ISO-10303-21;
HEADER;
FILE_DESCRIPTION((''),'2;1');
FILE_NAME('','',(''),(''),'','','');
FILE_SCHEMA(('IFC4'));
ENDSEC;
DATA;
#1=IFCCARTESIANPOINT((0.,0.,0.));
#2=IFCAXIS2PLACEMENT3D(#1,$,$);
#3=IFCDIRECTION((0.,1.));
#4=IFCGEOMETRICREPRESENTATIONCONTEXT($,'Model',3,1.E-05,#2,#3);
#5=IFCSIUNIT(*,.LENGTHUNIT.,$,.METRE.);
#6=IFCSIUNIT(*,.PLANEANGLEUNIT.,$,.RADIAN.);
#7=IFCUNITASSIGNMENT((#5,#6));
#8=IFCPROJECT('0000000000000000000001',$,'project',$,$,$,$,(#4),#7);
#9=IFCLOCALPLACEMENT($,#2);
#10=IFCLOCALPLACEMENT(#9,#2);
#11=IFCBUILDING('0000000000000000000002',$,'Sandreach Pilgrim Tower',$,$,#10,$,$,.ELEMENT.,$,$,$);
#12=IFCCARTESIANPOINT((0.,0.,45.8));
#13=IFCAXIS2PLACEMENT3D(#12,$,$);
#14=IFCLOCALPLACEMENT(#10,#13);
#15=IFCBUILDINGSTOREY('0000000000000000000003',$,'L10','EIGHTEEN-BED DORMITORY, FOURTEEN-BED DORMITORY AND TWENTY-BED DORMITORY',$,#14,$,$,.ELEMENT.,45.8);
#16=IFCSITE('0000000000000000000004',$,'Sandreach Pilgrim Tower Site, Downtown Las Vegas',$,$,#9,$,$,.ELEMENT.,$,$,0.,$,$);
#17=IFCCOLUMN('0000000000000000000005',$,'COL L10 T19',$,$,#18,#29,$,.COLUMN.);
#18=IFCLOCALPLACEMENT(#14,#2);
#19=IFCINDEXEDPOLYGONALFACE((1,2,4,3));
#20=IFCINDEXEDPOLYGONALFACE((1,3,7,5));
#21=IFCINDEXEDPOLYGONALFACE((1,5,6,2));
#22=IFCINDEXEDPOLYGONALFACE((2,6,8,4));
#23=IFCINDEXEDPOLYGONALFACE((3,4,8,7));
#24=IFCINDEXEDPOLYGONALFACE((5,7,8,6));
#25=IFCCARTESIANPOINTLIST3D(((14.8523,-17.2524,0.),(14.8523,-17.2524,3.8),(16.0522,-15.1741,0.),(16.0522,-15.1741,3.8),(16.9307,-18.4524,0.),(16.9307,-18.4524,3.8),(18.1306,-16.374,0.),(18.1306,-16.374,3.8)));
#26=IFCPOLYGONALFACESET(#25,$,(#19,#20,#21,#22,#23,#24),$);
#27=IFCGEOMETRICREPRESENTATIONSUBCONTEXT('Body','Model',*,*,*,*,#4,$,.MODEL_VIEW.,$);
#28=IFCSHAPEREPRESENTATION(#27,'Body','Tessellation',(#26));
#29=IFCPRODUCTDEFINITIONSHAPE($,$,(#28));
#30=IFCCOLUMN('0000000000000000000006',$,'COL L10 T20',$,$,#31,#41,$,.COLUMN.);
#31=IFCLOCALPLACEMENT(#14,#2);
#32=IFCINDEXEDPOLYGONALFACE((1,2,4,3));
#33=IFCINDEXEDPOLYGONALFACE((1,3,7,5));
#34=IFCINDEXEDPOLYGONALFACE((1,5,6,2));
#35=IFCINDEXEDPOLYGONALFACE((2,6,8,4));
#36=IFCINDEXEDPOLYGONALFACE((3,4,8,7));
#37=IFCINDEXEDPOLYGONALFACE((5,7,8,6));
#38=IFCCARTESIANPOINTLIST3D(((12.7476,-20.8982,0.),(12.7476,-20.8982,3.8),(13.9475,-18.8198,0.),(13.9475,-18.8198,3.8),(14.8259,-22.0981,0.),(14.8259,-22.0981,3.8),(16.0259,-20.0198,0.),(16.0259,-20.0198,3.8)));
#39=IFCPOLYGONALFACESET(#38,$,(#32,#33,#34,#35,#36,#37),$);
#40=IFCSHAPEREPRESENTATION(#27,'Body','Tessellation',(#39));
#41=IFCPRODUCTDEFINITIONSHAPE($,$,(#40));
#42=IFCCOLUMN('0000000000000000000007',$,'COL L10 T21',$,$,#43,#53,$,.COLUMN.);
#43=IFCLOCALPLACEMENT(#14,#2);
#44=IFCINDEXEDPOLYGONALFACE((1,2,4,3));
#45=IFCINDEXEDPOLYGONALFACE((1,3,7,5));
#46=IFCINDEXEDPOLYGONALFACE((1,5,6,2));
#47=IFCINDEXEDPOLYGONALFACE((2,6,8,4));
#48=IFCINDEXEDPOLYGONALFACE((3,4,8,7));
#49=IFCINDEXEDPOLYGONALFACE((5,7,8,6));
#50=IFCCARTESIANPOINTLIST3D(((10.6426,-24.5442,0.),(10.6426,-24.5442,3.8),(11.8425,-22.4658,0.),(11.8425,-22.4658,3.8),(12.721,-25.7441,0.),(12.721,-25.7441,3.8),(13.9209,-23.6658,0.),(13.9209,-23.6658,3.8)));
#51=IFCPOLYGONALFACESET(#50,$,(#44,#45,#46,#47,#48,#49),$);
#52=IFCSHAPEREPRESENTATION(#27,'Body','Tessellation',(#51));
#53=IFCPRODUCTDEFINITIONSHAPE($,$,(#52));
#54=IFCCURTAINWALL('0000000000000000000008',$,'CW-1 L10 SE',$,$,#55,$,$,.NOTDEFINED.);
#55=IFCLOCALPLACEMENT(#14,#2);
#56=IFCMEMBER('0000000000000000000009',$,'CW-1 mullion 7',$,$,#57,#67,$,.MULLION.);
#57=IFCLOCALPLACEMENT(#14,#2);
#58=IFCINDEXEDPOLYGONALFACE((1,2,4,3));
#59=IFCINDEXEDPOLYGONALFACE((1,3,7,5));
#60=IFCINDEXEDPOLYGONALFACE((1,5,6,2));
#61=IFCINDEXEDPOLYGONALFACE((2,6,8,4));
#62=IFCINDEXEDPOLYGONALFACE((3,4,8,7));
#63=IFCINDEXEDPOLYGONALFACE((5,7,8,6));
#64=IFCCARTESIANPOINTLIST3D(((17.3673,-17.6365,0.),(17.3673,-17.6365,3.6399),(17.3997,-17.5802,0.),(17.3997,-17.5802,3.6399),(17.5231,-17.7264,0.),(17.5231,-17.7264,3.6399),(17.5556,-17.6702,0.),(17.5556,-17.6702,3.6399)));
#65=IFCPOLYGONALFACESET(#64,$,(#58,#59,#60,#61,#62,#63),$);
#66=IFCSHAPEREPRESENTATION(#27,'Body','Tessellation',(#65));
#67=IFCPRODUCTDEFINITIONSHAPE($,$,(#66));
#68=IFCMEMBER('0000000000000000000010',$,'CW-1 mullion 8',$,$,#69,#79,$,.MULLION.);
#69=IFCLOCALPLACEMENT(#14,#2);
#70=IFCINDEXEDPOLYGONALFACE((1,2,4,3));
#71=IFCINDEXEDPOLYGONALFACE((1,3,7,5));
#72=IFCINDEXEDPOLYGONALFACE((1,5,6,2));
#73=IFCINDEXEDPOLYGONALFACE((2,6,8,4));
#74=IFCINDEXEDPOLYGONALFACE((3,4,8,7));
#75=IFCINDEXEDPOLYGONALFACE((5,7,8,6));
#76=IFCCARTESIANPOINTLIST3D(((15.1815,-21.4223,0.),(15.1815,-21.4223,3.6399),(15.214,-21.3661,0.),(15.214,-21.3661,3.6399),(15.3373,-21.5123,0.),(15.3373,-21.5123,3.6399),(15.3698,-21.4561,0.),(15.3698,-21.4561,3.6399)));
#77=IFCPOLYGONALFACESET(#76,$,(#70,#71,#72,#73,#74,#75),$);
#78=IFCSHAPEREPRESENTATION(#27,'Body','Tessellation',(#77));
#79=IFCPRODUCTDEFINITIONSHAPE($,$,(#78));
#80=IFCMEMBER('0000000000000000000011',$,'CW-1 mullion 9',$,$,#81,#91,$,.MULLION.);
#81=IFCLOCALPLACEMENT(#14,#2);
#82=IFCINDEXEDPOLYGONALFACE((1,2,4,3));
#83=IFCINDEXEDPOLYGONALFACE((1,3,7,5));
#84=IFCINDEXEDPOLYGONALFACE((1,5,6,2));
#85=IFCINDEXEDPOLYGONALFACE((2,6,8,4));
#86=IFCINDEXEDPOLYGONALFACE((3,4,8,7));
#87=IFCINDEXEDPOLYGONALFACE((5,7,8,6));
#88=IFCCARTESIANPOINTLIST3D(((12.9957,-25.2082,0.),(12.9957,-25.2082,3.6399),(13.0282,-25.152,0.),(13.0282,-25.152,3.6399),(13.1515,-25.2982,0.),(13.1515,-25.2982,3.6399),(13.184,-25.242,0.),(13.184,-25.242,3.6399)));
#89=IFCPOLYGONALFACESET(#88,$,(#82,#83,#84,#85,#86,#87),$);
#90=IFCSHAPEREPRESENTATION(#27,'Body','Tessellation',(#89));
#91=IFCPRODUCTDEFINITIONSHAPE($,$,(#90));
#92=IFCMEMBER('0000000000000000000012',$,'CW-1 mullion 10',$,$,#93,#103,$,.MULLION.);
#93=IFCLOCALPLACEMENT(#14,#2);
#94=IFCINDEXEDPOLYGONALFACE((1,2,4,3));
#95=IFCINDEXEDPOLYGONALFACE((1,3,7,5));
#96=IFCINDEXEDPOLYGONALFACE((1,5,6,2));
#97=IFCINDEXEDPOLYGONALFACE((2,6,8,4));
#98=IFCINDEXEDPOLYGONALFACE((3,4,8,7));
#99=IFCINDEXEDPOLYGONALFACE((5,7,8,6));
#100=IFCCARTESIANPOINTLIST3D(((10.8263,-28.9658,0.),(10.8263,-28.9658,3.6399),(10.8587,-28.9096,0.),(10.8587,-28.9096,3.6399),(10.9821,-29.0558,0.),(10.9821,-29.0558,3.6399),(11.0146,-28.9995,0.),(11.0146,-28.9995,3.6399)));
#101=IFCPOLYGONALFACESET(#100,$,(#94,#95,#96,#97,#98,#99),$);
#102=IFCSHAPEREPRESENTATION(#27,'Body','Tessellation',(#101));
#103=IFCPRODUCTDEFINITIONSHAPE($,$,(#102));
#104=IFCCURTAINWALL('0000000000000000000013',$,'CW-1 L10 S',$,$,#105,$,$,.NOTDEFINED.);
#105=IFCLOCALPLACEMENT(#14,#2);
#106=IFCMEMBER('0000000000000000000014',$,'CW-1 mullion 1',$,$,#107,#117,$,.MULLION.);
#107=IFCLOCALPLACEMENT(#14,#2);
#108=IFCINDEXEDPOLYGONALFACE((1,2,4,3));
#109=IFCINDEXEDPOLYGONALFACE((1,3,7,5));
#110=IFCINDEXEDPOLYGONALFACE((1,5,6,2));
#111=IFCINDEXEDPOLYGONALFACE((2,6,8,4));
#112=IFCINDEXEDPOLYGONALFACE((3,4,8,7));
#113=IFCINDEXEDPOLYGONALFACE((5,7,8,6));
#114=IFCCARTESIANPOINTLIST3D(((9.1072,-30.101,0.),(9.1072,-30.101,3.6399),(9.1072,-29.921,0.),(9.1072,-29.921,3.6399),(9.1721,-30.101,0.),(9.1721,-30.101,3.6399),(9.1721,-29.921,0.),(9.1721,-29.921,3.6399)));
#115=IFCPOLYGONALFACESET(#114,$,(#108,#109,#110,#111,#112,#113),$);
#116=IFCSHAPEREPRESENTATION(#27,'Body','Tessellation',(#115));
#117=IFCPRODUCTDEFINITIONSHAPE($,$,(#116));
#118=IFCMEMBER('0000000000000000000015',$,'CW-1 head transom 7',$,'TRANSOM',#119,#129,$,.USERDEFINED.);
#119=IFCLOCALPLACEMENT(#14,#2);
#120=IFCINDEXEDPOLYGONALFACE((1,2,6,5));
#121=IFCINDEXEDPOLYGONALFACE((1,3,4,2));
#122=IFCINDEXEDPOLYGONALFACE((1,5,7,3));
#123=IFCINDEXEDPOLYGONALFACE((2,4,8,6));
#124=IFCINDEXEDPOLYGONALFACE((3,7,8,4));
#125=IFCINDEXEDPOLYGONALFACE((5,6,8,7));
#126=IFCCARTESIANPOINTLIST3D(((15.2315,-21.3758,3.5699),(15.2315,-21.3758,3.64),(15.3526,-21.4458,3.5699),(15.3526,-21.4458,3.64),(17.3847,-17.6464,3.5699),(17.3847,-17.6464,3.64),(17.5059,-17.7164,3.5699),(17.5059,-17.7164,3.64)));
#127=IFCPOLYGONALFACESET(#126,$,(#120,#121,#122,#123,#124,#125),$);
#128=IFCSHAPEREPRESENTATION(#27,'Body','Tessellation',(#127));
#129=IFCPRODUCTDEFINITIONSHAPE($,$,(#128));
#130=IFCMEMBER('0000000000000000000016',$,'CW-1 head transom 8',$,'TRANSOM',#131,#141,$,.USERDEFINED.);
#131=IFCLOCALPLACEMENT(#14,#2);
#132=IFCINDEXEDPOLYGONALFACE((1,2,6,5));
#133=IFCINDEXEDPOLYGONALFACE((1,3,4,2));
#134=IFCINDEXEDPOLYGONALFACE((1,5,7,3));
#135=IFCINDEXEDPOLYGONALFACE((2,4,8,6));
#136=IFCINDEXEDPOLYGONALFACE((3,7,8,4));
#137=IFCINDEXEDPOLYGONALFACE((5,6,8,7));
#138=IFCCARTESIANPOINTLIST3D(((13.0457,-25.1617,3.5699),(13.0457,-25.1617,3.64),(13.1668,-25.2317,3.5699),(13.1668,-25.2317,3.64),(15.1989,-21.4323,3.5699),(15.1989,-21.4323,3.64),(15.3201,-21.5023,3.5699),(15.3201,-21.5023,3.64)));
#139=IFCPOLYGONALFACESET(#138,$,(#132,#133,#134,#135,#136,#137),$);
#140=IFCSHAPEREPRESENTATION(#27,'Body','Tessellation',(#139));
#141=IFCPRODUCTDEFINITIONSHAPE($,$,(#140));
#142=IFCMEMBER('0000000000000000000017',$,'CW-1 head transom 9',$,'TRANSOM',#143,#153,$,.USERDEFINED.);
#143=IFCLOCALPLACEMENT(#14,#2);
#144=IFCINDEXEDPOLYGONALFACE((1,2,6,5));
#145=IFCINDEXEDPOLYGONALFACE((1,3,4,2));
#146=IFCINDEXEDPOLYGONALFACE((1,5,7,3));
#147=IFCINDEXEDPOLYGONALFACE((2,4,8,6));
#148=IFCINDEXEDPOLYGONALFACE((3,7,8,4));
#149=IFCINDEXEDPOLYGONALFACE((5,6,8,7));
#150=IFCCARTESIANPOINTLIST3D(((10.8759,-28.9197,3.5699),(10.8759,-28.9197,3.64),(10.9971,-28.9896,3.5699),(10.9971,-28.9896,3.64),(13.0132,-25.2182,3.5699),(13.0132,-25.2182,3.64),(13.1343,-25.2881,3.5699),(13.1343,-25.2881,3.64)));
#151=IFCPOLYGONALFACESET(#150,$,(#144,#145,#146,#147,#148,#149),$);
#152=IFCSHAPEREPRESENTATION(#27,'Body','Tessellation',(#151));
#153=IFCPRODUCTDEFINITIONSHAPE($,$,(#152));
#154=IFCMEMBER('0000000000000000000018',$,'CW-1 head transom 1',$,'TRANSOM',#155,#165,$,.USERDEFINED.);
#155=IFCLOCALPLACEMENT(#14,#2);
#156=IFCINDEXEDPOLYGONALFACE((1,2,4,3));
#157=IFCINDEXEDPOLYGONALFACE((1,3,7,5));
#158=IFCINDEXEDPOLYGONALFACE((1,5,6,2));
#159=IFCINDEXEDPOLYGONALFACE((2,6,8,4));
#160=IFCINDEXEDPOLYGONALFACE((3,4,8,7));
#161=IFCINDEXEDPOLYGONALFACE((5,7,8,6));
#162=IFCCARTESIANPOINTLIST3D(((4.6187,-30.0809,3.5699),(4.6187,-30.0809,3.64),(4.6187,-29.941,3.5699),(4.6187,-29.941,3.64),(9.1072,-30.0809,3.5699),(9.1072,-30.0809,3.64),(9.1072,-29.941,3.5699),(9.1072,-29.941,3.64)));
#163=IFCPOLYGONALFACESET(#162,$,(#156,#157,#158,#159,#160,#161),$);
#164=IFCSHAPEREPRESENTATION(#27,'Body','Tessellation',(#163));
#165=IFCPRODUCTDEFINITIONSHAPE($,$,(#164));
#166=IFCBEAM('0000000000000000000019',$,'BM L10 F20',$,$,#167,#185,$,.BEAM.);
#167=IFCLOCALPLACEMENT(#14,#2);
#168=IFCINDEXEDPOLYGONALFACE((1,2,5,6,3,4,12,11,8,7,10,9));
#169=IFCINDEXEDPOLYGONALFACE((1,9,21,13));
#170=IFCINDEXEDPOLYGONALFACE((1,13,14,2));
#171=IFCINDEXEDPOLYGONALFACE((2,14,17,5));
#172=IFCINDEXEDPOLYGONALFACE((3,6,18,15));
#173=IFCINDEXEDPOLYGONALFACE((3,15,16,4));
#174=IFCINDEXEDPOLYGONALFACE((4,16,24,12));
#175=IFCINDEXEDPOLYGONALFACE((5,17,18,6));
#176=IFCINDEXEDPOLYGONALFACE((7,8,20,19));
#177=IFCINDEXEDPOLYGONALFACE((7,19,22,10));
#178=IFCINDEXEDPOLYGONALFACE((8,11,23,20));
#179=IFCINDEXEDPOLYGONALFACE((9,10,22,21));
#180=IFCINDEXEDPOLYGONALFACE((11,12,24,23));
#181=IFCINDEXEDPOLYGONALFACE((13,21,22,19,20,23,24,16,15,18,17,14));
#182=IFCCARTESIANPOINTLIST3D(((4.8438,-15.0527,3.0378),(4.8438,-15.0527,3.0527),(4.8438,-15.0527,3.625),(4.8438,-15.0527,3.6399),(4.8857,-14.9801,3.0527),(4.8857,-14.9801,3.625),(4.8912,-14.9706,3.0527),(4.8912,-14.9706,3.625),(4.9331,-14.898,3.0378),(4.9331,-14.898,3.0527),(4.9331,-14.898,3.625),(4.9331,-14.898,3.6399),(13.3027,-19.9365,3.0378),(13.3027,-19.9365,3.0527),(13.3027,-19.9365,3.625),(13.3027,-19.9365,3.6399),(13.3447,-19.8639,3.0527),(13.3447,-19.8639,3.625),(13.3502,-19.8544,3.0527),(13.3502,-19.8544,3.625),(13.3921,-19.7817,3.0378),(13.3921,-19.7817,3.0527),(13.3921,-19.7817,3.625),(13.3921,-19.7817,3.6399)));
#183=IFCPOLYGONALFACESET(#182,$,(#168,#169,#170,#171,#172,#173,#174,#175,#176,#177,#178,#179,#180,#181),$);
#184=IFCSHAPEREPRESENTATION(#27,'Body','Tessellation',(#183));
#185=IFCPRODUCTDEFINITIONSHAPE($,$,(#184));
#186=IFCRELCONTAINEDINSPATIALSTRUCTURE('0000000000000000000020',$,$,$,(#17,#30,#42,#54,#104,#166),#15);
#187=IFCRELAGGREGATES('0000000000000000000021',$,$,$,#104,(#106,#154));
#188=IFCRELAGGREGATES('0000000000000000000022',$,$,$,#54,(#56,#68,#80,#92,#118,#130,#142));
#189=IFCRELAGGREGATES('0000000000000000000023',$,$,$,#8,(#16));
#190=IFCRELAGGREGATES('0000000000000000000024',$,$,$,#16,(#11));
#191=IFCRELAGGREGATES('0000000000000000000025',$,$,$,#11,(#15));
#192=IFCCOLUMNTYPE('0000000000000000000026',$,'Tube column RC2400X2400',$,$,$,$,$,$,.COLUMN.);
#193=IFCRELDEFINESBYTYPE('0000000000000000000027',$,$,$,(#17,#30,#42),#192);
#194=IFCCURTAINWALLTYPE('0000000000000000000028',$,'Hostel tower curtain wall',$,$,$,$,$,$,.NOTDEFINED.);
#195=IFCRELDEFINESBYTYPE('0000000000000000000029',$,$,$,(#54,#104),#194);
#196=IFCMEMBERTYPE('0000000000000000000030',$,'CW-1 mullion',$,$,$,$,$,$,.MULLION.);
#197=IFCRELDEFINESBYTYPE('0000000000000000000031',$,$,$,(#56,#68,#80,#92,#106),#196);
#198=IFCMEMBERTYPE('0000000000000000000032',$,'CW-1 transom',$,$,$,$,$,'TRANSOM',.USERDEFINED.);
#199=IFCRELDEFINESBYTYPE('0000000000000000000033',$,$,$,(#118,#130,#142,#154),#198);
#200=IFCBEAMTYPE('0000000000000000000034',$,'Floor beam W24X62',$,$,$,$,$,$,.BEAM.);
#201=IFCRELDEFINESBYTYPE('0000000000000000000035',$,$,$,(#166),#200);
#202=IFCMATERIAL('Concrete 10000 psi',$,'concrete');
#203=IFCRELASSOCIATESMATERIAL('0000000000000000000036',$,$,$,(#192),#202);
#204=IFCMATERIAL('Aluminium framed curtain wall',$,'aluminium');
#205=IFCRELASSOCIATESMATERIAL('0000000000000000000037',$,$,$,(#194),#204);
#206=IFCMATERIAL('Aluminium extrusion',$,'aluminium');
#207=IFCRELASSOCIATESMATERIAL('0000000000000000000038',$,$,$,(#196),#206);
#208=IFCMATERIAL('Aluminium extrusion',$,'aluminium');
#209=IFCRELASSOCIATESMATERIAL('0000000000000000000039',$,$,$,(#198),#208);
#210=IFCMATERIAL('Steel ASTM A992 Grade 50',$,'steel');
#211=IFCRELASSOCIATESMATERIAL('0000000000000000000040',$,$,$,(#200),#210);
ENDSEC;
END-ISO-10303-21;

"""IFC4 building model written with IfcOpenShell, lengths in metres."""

from ifc_helpers import new_model, si_unit, direction, frame, origin, origin_2d, place, context, subcontext, project, spatial, rectangle, i_section, extrude, material, material_profile, profile_set, type_object, element, aggregate, save


model = new_model("IFC4")

# Units and contexts
model_context = context("Model", 3, precision=1e-05, world=origin(), true_north=direction((0.0, 1.0)))
body_context = subcontext(model_context, "Body", "Model", "MODEL_VIEW")
ifc_project = project(units=[si_unit("LENGTHUNIT", "METRE"), si_unit("PLANEANGLEUNIT", "RADIAN")], contexts=[model_context])

# Site, building, storey
site_placement = place(None, origin())
site = spatial("IfcSite", under=ifc_project, at=site_placement, Name="Sandreach Pilgrim Tower Site, Downtown Las Vegas", CompositionType="ELEMENT", RefElevation=0.0)
building_placement = place(site_placement, origin())
building = spatial("IfcBuilding", under=site, at=building_placement, Name="Sandreach Pilgrim Tower", CompositionType="ELEMENT")
storey_placement = place(building_placement, frame((0.0, 0.0, 45.8)))
storey = spatial("IfcBuildingStorey", under=building, at=storey_placement, Name="L10", Description="EIGHTEEN-BED DORMITORY, FOURTEEN-BED DORMITORY AND TWENTY-BED DORMITORY", CompositionType="ELEMENT", Elevation=45.8)

# Columns
ifc_material_1 = material(Name="Concrete 10000 psi", Category="concrete")
ifc_material_profile_1 = material_profile(ifc_material_1, rectangle(XDim=2.3999, YDim=2.3999, at=origin_2d()), Name="RC2400X2400")
ifc_profile_set_1 = profile_set([ifc_material_profile_1], Name="Concrete 10000 psi")
column_type = type_object("IfcColumnType", Name="Tube column RC2400X2400", PredefinedType="COLUMN", material=ifc_profile_set_1)
for number, where, z_axis, x_axis, name in (
    (1, (16.4915, -16.8132, 0.0), (0.0, 0.0, 1.0), (0.866025, -0.5, 0.0), "COL L10 T19"),
    (2, (14.3867, -20.459, 0.0), (0.0, 0.0, 1.0), (0.866025, -0.5, 0.0), "COL L10 T20"),
    (3, (12.2817, -24.105, 0.0), (0.0, 0.0, 1.0), (0.866025, -0.5, 0.0), "COL L10 T21"),
):
    element("IfcColumn", number, at=place(storey_placement, frame(where, z_axis=z_axis, x_axis=x_axis)), inside=storey, type_object=column_type, Name=name, PredefinedType="COLUMN", context=body_context, shape_type="SweptSolid", body=[
        extrude(rectangle(XDim=2.3999, YDim=2.3999, at=origin_2d()), origin(), (0.0, 0.0, 1.0), 3.8),
    ])

# Curtain wall, members
ifc_material_2 = material(Name="Aluminium framed curtain wall", Category="aluminium")
curtain_wall_type = type_object("IfcCurtainWallType", Name="Hostel tower curtain wall", PredefinedType="NOTDEFINED", material=ifc_material_2)
curtain_wall_1_placement = place(storey_placement, origin())
curtain_wall_1 = element("IfcCurtainWall", 4, at=curtain_wall_1_placement, inside=storey, type_object=curtain_wall_type, Name="CW-1 L10 SE", PredefinedType="NOTDEFINED")
ifc_material_3 = material(Name="Aluminium extrusion", Category="aluminium")
ifc_material_profile_2 = material_profile(ifc_material_3, rectangle(XDim=0.0649, YDim=0.1799, at=origin_2d()), Name="CW-1M 65X180")
ifc_profile_set_2 = profile_set([ifc_material_profile_2], Name="Aluminium extrusion")
member_type_1 = type_object("IfcMemberType", Name="CW-1 mullion", PredefinedType="MULLION", material=ifc_profile_set_2)
member_1_placement = place(storey_placement, frame((17.4614, -17.6533, 0.0), z_axis=(0.0, 0.0, 1.0), x_axis=(-0.5, -0.866025, 0.0)))
member_1 = element("IfcMember", 5, at=member_1_placement, type_object=member_type_1, Name="CW-1 mullion 7", PredefinedType="MULLION", context=body_context, shape_type="SweptSolid", body=[
    extrude(rectangle(XDim=0.0649, YDim=0.1799, at=origin_2d()), origin(), (0.0, 0.0, 1.0), 3.6399),
])
member_2_placement = place(storey_placement, frame((15.2756, -21.4392, 0.0), z_axis=(0.0, 0.0, 1.0), x_axis=(-0.5, -0.866025, 0.0)))
member_2 = element("IfcMember", 6, at=member_2_placement, type_object=member_type_1, Name="CW-1 mullion 8", PredefinedType="MULLION", context=body_context, shape_type="SweptSolid", body=[
    extrude(rectangle(XDim=0.0649, YDim=0.1799, at=origin_2d()), origin(), (0.0, 0.0, 1.0), 3.6399),
])
member_3_placement = place(storey_placement, frame((13.0898, -25.2251, 0.0), z_axis=(0.0, 0.0, 1.0), x_axis=(-0.5, -0.866025, 0.0)))
member_3 = element("IfcMember", 7, at=member_3_placement, type_object=member_type_1, Name="CW-1 mullion 9", PredefinedType="MULLION", context=body_context, shape_type="SweptSolid", body=[
    extrude(rectangle(XDim=0.0649, YDim=0.1799, at=origin_2d()), origin(), (0.0, 0.0, 1.0), 3.6399),
])
member_4_placement = place(storey_placement, frame((10.9204, -28.9827, 0.0), z_axis=(0.0, 0.0, 1.0), x_axis=(-0.5, -0.866025, 0.0)))
member_4 = element("IfcMember", 8, at=member_4_placement, type_object=member_type_1, Name="CW-1 mullion 10", PredefinedType="MULLION", context=body_context, shape_type="SweptSolid", body=[
    extrude(rectangle(XDim=0.0649, YDim=0.1799, at=origin_2d()), origin(), (0.0, 0.0, 1.0), 3.6399),
])

# Curtain wall, member
curtain_wall_2_placement = place(storey_placement, origin())
curtain_wall_2 = element("IfcCurtainWall", 9, at=curtain_wall_2_placement, inside=storey, type_object=curtain_wall_type, Name="CW-1 L10 S", PredefinedType="NOTDEFINED")
member_5_placement = place(storey_placement, frame((9.1396, -30.011, 0.0), z_axis=(0.0, 0.0, 1.0), x_axis=(-1.0, 0.0, 0.0)))
member_5 = element("IfcMember", 10, at=member_5_placement, type_object=member_type_1, Name="CW-1 mullion 1", PredefinedType="MULLION", context=body_context, shape_type="SweptSolid", body=[
    extrude(rectangle(XDim=0.0649, YDim=0.1799, at=origin_2d()), origin(), (0.0, 0.0, 1.0), 3.6399),
])

# Members
ifc_material_4 = material(Name="Aluminium extrusion", Category="aluminium")
ifc_material_profile_3 = material_profile(ifc_material_4, rectangle(XDim=0.1399, YDim=0.0701, at=origin_2d()), Name="CW-1T 140X70")
ifc_profile_set_3 = profile_set([ifc_material_profile_3], Name="Aluminium extrusion")
member_type_2 = type_object("IfcMemberType", Name="CW-1 transom", ElementType="TRANSOM", PredefinedType="USERDEFINED", material=ifc_profile_set_3)
member_6_placement = place(storey_placement, frame((17.4453, -17.6814, 3.605), z_axis=(-0.500017, -0.866016, 0.0), x_axis=(0.866016, -0.500017, 0.0)))
member_6 = element("IfcMember", 11, at=member_6_placement, type_object=member_type_2, Name="CW-1 head transom 7", ObjectType="TRANSOM", PredefinedType="USERDEFINED", context=body_context, shape_type="SweptSolid", body=[
    extrude(rectangle(XDim=0.1399, YDim=0.0701, at=origin_2d()), origin(), (0.0, 0.0, 1.0), 4.3064),
])
member_7_placement = place(storey_placement, frame((15.2595, -21.4673, 3.605), z_axis=(-0.500017, -0.866016, 0.0), x_axis=(0.866016, -0.500017, 0.0)))
member_7 = element("IfcMember", 12, at=member_7_placement, type_object=member_type_2, Name="CW-1 head transom 8", ObjectType="TRANSOM", PredefinedType="USERDEFINED", context=body_context, shape_type="SweptSolid", body=[
    extrude(rectangle(XDim=0.1399, YDim=0.0701, at=origin_2d()), origin(), (0.0, 0.0, 1.0), 4.3064),
])
member_8_placement = place(storey_placement, frame((13.0737, -25.2532, 3.605), z_axis=(-0.500034, -0.866006, 0.0), x_axis=(0.866006, -0.500034, 0.0)))
member_8 = element("IfcMember", 13, at=member_8_placement, type_object=member_type_2, Name="CW-1 head transom 9", ObjectType="TRANSOM", PredefinedType="USERDEFINED", context=body_context, shape_type="SweptSolid", body=[
    extrude(rectangle(XDim=0.1399, YDim=0.0701, at=origin_2d()), origin(), (0.0, 0.0, 1.0), 4.2742),
])
member_9_placement = place(storey_placement, frame((9.1072, -30.011, 3.605), z_axis=(-1.0, 0.0, 0.0), x_axis=(0.0, -1.0, 0.0)))
member_9 = element("IfcMember", 14, at=member_9_placement, type_object=member_type_2, Name="CW-1 head transom 1", ObjectType="TRANSOM", PredefinedType="USERDEFINED", context=body_context, shape_type="SweptSolid", body=[
    extrude(rectangle(XDim=0.1399, YDim=0.0701, at=origin_2d()), origin(), (0.0, 0.0, 1.0), 4.4885),
])
aggregate(curtain_wall_2, [member_5, member_9])

# Beam
ifc_material_5 = material(Name="Steel ASTM A992 Grade 50", Category="steel")
ifc_material_profile_4 = material_profile(ifc_material_5, i_section(OverallWidth=0.1787, OverallDepth=0.6021, WebThickness=0.011, FlangeThickness=0.0149, at=origin_2d()), Name="W24X62")
ifc_profile_set_4 = profile_set([ifc_material_profile_4], Name="Steel ASTM A992 Grade 50")
beam_type_1 = type_object("IfcBeamType", Name="Floor beam W24X62", PredefinedType="BEAM", material=ifc_profile_set_4)
beam_1_placement = place(storey_placement, frame((13.3474, -19.8591, 3.3389), z_axis=(-0.866026, 0.499999, 0.0), x_axis=(-0.499999, -0.866026, 0.0)))
element("IfcBeam", 15, at=beam_1_placement, inside=storey, type_object=beam_type_1, Name="BM L10 F20", PredefinedType="BEAM", context=body_context, shape_type="SweptSolid", body=[
    extrude(i_section(OverallWidth=0.1787, OverallDepth=0.6021, WebThickness=0.011, FlangeThickness=0.0149, at=origin_2d()), origin(), (0.0, 0.0, 1.0), 9.7676),
])

aggregate(curtain_wall_1, [member_1, member_2, member_3, member_4, member_6, member_7, member_8])

save(model, "model.ifc")
